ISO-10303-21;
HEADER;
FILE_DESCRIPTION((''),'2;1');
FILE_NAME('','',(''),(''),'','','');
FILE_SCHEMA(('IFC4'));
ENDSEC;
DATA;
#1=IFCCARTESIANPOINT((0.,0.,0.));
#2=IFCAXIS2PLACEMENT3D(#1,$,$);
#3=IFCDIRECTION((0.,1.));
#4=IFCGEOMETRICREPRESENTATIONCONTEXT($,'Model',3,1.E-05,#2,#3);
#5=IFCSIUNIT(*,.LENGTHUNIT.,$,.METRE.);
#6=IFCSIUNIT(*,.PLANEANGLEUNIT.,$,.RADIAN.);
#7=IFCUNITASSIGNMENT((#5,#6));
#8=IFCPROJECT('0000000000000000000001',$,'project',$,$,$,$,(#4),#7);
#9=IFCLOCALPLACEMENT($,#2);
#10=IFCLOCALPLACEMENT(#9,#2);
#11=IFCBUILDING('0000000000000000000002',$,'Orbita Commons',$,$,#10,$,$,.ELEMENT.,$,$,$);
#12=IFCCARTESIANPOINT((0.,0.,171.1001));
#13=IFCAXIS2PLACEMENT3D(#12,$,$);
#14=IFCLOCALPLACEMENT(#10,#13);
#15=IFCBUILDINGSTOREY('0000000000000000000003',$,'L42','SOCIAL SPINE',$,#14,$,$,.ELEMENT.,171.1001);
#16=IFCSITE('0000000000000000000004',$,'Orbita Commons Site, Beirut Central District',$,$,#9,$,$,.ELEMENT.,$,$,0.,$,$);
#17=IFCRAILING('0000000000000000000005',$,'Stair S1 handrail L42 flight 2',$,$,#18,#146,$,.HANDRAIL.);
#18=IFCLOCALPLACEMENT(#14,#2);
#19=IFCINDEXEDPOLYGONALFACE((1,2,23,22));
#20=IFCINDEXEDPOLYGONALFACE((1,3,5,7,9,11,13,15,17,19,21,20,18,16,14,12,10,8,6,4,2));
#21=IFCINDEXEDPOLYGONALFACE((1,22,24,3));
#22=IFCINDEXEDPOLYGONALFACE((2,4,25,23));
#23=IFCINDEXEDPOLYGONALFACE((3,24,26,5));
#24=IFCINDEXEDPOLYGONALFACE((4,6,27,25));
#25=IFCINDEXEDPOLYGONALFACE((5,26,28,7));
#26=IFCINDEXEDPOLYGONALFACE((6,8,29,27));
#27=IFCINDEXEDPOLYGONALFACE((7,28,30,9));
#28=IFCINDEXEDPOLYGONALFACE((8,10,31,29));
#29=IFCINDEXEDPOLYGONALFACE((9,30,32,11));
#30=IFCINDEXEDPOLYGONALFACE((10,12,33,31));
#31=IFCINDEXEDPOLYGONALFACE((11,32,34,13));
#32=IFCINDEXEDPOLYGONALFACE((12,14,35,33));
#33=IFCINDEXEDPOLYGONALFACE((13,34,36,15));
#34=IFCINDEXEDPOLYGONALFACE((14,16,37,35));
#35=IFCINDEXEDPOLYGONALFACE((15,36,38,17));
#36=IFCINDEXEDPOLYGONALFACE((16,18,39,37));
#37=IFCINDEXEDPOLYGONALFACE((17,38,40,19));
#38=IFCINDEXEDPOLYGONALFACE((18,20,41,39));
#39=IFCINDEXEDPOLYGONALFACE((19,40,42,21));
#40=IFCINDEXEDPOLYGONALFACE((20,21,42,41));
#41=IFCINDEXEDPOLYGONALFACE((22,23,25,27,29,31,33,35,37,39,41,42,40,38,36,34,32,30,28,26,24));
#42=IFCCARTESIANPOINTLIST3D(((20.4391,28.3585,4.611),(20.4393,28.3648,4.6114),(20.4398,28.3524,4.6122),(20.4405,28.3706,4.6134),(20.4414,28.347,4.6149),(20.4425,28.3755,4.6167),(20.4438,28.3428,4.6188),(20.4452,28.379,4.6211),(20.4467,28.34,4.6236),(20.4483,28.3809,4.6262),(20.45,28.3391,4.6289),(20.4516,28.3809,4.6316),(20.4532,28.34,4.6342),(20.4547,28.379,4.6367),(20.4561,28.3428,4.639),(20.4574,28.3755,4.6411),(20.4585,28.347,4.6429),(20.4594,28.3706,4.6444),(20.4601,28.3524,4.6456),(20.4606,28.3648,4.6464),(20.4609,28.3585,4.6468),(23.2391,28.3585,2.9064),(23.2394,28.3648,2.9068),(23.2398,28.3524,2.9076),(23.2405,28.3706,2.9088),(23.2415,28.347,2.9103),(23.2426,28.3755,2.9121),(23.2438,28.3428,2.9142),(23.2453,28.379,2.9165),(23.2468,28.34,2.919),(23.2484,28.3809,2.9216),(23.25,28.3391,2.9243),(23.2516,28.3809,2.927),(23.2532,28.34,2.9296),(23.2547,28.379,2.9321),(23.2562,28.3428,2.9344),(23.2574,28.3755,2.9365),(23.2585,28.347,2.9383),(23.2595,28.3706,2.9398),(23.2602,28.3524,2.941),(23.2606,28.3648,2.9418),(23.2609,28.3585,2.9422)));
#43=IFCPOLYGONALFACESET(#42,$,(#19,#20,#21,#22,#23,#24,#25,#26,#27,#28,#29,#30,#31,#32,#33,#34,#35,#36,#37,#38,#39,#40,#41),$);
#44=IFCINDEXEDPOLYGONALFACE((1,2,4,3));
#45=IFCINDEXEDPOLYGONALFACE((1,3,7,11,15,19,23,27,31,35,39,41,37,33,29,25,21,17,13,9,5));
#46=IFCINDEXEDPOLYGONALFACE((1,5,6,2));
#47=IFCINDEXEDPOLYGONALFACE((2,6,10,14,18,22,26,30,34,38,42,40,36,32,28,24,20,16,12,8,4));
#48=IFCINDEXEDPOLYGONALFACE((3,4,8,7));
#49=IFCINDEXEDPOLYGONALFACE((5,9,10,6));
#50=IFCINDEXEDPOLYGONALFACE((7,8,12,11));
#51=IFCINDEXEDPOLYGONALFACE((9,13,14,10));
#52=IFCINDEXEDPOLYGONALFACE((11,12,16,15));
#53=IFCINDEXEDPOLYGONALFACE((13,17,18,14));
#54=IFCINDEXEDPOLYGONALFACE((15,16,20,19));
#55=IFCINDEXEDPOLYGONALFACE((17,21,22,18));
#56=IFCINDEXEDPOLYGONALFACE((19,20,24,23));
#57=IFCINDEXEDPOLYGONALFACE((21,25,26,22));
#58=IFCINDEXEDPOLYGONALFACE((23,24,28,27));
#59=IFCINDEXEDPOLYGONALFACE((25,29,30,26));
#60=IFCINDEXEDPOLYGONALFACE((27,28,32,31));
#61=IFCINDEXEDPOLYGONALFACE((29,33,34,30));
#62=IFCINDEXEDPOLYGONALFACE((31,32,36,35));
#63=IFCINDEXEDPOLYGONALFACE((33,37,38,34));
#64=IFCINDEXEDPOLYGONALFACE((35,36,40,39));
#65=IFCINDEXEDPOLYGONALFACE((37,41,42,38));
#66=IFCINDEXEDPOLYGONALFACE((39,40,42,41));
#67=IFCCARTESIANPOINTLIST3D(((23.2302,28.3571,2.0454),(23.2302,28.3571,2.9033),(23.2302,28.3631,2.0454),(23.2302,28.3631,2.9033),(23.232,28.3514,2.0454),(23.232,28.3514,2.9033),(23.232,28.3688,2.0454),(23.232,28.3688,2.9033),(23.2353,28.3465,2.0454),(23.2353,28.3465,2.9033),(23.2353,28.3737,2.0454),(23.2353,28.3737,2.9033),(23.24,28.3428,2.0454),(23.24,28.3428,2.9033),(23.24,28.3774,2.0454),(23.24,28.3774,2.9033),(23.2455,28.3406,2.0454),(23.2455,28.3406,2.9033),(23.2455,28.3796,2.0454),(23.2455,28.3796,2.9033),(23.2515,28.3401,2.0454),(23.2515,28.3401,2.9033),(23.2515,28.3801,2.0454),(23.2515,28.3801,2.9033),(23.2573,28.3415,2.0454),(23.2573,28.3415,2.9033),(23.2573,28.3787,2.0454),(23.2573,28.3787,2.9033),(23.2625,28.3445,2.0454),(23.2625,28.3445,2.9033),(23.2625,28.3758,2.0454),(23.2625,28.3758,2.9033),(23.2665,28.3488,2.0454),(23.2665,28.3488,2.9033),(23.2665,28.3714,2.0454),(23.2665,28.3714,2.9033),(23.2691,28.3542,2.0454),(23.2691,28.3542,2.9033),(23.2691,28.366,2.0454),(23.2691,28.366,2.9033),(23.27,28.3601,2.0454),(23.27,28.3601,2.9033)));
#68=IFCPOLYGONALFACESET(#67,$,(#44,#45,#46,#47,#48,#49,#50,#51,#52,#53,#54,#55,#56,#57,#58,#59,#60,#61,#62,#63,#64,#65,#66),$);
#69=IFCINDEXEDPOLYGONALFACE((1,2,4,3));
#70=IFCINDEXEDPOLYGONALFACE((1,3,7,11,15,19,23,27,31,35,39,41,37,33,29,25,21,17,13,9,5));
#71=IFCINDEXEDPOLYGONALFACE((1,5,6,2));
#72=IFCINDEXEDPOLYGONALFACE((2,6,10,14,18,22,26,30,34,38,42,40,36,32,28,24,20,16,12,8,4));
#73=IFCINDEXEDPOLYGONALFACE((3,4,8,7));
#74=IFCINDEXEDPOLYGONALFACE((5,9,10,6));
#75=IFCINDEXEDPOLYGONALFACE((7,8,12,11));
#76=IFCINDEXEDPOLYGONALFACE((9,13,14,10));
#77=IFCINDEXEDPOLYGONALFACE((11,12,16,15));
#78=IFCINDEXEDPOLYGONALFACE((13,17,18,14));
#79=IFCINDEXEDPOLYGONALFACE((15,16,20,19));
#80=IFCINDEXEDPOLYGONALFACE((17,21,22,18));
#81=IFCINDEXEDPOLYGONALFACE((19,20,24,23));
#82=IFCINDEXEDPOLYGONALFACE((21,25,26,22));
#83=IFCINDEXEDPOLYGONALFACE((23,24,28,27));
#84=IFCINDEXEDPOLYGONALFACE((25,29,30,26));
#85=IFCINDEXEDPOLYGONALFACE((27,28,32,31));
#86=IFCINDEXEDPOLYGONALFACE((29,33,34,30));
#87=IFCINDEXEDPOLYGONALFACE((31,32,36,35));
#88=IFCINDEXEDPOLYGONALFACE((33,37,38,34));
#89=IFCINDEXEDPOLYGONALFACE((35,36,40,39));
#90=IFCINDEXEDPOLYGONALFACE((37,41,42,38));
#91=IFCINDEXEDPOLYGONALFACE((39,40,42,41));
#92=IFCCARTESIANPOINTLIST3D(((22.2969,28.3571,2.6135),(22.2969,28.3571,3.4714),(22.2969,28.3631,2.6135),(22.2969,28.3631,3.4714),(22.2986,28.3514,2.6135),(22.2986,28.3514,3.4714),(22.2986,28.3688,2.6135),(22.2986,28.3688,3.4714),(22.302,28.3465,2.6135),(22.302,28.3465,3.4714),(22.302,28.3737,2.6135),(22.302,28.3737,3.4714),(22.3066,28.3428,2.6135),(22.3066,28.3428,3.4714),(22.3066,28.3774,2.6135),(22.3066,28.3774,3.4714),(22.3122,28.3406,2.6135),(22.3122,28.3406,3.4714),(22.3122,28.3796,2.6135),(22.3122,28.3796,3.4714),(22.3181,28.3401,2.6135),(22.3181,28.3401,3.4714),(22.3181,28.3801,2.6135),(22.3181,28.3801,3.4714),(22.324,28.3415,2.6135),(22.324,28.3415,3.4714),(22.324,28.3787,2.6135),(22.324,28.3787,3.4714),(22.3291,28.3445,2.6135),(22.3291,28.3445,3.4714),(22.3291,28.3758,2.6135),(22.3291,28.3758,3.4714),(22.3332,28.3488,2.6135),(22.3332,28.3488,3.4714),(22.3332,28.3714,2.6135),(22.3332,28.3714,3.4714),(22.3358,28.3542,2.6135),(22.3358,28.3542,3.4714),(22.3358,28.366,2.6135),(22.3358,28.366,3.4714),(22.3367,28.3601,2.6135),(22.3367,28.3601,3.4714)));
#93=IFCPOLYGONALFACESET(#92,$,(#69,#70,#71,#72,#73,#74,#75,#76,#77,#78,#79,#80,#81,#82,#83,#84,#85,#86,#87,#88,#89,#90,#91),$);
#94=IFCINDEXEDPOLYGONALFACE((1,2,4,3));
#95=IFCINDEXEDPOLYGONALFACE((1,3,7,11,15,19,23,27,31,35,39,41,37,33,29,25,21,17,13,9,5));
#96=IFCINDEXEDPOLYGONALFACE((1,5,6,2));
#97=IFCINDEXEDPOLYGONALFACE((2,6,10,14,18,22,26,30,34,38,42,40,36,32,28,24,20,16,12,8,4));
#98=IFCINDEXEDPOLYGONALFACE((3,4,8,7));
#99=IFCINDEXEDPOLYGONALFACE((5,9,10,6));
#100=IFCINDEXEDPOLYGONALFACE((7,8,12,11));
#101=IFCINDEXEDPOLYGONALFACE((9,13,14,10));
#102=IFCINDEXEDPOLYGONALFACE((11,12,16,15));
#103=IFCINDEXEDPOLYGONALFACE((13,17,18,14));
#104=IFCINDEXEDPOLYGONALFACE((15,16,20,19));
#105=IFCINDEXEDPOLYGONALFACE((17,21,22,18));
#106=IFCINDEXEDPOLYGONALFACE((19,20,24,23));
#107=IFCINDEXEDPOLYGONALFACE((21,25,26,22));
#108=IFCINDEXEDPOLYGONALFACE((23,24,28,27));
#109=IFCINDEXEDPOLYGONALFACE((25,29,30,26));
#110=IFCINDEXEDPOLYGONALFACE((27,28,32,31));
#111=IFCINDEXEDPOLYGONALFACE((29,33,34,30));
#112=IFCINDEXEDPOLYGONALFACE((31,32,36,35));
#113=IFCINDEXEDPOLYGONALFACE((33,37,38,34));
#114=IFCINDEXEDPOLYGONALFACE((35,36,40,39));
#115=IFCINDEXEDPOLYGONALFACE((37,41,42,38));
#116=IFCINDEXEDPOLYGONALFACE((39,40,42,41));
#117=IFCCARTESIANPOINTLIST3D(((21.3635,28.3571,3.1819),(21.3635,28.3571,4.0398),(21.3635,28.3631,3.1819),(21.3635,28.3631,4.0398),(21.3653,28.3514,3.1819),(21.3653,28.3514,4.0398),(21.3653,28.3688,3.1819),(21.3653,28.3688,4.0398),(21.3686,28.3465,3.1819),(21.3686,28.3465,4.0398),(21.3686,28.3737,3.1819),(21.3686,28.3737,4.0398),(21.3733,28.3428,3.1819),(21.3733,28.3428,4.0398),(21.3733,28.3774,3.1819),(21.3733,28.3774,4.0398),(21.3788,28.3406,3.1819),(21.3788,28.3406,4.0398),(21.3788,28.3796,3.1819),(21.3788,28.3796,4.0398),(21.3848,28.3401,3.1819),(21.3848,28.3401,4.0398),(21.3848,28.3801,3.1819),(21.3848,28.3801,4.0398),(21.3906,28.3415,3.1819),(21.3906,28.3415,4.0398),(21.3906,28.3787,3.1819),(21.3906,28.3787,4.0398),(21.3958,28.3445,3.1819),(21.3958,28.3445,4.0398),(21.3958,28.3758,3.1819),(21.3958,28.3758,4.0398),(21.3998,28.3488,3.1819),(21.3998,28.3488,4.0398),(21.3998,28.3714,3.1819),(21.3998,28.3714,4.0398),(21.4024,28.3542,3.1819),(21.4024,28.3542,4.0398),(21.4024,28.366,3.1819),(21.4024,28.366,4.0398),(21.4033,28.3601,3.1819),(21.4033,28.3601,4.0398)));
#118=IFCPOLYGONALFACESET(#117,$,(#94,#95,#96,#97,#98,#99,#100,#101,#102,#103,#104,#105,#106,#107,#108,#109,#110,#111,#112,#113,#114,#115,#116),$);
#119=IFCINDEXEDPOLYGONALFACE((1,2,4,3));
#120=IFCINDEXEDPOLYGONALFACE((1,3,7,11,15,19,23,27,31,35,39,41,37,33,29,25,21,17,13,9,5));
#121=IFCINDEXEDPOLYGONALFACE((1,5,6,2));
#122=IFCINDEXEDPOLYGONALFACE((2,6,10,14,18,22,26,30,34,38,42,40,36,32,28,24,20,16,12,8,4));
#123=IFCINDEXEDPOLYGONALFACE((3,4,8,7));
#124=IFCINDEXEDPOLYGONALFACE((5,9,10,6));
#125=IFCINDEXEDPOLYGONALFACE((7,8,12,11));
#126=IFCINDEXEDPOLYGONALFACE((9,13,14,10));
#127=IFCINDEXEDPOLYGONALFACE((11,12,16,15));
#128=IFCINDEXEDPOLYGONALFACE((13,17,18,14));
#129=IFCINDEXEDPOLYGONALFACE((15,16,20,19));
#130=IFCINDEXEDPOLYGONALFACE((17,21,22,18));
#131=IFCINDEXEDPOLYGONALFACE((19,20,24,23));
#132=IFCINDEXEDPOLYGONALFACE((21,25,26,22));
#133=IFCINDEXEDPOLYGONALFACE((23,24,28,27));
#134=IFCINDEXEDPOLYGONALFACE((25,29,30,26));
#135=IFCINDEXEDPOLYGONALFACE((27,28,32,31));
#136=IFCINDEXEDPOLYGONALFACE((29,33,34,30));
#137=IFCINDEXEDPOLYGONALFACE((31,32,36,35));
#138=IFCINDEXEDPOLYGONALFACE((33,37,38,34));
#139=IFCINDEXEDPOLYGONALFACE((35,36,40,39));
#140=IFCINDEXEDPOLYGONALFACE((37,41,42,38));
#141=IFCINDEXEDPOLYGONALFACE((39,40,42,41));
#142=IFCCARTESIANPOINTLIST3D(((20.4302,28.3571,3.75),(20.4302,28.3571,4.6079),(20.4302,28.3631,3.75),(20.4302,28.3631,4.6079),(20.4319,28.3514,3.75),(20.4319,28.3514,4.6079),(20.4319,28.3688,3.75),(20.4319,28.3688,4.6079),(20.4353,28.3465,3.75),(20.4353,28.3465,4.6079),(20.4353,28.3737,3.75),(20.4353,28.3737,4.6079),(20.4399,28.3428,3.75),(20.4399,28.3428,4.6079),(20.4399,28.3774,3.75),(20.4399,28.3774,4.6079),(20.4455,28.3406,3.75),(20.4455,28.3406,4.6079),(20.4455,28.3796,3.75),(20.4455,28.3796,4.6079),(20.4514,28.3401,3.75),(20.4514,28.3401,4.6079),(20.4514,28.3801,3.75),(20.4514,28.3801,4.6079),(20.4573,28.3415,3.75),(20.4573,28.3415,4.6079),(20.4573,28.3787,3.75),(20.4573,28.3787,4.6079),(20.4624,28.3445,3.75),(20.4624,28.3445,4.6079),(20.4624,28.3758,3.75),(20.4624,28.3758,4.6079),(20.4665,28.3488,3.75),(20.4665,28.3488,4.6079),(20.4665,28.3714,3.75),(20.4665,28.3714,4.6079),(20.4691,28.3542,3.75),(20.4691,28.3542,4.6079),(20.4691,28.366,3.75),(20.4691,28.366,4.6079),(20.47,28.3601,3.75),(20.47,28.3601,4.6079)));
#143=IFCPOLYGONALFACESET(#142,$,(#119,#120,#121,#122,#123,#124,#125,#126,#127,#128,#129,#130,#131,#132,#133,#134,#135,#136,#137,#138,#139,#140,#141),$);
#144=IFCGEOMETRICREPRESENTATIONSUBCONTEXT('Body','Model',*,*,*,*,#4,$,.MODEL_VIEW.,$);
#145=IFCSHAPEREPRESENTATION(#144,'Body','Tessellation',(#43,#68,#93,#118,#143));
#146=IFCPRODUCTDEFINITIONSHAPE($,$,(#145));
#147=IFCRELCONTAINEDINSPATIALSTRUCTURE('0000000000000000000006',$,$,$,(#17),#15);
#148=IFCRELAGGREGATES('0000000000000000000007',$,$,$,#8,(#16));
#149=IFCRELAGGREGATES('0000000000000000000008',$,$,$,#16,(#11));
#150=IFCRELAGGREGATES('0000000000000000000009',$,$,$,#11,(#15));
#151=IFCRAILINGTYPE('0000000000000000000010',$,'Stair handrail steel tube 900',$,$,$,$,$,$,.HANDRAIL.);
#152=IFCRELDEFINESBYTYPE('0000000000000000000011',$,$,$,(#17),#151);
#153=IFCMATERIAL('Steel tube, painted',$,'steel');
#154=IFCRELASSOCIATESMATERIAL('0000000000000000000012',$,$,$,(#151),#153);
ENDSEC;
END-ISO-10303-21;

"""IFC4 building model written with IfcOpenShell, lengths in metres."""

from ifc_helpers import new_model, si_unit, direction, frame, origin, origin_2d, place, context, subcontext, project, spatial, circle, extrude, material, type_object, element, save


model = new_model("IFC4")

# Units and contexts
model_context = context("Model", 3, precision=1e-05, world=origin(), true_north=direction((0.0, 1.0)))
body_context = subcontext(model_context, "Body", "Model", "MODEL_VIEW")
ifc_project = project(units=[si_unit("LENGTHUNIT", "METRE"), si_unit("PLANEANGLEUNIT", "RADIAN")], contexts=[model_context])

# Site, building, storey
site_placement = place(None, origin())
site = spatial("IfcSite", under=ifc_project, at=site_placement, Name="Orbita Commons Site, Beirut Central District", CompositionType="ELEMENT", RefElevation=0.0)
building_placement = place(site_placement, origin())
building = spatial("IfcBuilding", under=site, at=building_placement, Name="Orbita Commons", CompositionType="ELEMENT")
storey_placement = place(building_placement, frame((0.0, 0.0, 171.1001)))
storey = spatial("IfcBuildingStorey", under=building, at=storey_placement, Name="L42", Description="SOCIAL SPINE", CompositionType="ELEMENT", Elevation=171.1001)

# Railing
ifc_material_1 = material(Name="Steel tube, painted", Category="steel")
railing_type = type_object("IfcRailingType", Name="Stair handrail steel tube 900", PredefinedType="HANDRAIL", material=ifc_material_1)
for number, where, name in (
    (1, (23.25, 28.3601, 2.0454), "Stair S1 handrail L42 flight 2"),
):
    element("IfcRailing", number, at=place(storey_placement, frame(where)), inside=storey, type_object=railing_type, Name=name, PredefinedType="HANDRAIL", context=body_context, shape_type="SweptSolid", body=[
        extrude(circle(Radius=0.021, at=origin_2d()), frame((0.0, 0.0, 0.8789), z_axis=(-0.85417, 0.0, 0.519994), x_axis=(0.0, -1.0, 0.0)), (0.0, 0.0, 1.0), 3.2781),
        extrude(circle(Radius=0.02, at=origin_2d()), origin(), (0.0, 0.0, 1.0), 0.8579),
        extrude(circle(Radius=0.02, at=origin_2d()), frame((-0.9333, 0.0, 0.5681)), (0.0, 0.0, 1.0), 0.8579),
        extrude(circle(Radius=0.02, at=origin_2d()), frame((-1.8667, 0.0, 1.1365)), (0.0, 0.0, 1.0), 0.8579),
        extrude(circle(Radius=0.02, at=origin_2d()), frame((-2.8, 0.0, 1.7046)), (0.0, 0.0, 1.0), 0.8579),
    ])

save(model, "model.ifc")
